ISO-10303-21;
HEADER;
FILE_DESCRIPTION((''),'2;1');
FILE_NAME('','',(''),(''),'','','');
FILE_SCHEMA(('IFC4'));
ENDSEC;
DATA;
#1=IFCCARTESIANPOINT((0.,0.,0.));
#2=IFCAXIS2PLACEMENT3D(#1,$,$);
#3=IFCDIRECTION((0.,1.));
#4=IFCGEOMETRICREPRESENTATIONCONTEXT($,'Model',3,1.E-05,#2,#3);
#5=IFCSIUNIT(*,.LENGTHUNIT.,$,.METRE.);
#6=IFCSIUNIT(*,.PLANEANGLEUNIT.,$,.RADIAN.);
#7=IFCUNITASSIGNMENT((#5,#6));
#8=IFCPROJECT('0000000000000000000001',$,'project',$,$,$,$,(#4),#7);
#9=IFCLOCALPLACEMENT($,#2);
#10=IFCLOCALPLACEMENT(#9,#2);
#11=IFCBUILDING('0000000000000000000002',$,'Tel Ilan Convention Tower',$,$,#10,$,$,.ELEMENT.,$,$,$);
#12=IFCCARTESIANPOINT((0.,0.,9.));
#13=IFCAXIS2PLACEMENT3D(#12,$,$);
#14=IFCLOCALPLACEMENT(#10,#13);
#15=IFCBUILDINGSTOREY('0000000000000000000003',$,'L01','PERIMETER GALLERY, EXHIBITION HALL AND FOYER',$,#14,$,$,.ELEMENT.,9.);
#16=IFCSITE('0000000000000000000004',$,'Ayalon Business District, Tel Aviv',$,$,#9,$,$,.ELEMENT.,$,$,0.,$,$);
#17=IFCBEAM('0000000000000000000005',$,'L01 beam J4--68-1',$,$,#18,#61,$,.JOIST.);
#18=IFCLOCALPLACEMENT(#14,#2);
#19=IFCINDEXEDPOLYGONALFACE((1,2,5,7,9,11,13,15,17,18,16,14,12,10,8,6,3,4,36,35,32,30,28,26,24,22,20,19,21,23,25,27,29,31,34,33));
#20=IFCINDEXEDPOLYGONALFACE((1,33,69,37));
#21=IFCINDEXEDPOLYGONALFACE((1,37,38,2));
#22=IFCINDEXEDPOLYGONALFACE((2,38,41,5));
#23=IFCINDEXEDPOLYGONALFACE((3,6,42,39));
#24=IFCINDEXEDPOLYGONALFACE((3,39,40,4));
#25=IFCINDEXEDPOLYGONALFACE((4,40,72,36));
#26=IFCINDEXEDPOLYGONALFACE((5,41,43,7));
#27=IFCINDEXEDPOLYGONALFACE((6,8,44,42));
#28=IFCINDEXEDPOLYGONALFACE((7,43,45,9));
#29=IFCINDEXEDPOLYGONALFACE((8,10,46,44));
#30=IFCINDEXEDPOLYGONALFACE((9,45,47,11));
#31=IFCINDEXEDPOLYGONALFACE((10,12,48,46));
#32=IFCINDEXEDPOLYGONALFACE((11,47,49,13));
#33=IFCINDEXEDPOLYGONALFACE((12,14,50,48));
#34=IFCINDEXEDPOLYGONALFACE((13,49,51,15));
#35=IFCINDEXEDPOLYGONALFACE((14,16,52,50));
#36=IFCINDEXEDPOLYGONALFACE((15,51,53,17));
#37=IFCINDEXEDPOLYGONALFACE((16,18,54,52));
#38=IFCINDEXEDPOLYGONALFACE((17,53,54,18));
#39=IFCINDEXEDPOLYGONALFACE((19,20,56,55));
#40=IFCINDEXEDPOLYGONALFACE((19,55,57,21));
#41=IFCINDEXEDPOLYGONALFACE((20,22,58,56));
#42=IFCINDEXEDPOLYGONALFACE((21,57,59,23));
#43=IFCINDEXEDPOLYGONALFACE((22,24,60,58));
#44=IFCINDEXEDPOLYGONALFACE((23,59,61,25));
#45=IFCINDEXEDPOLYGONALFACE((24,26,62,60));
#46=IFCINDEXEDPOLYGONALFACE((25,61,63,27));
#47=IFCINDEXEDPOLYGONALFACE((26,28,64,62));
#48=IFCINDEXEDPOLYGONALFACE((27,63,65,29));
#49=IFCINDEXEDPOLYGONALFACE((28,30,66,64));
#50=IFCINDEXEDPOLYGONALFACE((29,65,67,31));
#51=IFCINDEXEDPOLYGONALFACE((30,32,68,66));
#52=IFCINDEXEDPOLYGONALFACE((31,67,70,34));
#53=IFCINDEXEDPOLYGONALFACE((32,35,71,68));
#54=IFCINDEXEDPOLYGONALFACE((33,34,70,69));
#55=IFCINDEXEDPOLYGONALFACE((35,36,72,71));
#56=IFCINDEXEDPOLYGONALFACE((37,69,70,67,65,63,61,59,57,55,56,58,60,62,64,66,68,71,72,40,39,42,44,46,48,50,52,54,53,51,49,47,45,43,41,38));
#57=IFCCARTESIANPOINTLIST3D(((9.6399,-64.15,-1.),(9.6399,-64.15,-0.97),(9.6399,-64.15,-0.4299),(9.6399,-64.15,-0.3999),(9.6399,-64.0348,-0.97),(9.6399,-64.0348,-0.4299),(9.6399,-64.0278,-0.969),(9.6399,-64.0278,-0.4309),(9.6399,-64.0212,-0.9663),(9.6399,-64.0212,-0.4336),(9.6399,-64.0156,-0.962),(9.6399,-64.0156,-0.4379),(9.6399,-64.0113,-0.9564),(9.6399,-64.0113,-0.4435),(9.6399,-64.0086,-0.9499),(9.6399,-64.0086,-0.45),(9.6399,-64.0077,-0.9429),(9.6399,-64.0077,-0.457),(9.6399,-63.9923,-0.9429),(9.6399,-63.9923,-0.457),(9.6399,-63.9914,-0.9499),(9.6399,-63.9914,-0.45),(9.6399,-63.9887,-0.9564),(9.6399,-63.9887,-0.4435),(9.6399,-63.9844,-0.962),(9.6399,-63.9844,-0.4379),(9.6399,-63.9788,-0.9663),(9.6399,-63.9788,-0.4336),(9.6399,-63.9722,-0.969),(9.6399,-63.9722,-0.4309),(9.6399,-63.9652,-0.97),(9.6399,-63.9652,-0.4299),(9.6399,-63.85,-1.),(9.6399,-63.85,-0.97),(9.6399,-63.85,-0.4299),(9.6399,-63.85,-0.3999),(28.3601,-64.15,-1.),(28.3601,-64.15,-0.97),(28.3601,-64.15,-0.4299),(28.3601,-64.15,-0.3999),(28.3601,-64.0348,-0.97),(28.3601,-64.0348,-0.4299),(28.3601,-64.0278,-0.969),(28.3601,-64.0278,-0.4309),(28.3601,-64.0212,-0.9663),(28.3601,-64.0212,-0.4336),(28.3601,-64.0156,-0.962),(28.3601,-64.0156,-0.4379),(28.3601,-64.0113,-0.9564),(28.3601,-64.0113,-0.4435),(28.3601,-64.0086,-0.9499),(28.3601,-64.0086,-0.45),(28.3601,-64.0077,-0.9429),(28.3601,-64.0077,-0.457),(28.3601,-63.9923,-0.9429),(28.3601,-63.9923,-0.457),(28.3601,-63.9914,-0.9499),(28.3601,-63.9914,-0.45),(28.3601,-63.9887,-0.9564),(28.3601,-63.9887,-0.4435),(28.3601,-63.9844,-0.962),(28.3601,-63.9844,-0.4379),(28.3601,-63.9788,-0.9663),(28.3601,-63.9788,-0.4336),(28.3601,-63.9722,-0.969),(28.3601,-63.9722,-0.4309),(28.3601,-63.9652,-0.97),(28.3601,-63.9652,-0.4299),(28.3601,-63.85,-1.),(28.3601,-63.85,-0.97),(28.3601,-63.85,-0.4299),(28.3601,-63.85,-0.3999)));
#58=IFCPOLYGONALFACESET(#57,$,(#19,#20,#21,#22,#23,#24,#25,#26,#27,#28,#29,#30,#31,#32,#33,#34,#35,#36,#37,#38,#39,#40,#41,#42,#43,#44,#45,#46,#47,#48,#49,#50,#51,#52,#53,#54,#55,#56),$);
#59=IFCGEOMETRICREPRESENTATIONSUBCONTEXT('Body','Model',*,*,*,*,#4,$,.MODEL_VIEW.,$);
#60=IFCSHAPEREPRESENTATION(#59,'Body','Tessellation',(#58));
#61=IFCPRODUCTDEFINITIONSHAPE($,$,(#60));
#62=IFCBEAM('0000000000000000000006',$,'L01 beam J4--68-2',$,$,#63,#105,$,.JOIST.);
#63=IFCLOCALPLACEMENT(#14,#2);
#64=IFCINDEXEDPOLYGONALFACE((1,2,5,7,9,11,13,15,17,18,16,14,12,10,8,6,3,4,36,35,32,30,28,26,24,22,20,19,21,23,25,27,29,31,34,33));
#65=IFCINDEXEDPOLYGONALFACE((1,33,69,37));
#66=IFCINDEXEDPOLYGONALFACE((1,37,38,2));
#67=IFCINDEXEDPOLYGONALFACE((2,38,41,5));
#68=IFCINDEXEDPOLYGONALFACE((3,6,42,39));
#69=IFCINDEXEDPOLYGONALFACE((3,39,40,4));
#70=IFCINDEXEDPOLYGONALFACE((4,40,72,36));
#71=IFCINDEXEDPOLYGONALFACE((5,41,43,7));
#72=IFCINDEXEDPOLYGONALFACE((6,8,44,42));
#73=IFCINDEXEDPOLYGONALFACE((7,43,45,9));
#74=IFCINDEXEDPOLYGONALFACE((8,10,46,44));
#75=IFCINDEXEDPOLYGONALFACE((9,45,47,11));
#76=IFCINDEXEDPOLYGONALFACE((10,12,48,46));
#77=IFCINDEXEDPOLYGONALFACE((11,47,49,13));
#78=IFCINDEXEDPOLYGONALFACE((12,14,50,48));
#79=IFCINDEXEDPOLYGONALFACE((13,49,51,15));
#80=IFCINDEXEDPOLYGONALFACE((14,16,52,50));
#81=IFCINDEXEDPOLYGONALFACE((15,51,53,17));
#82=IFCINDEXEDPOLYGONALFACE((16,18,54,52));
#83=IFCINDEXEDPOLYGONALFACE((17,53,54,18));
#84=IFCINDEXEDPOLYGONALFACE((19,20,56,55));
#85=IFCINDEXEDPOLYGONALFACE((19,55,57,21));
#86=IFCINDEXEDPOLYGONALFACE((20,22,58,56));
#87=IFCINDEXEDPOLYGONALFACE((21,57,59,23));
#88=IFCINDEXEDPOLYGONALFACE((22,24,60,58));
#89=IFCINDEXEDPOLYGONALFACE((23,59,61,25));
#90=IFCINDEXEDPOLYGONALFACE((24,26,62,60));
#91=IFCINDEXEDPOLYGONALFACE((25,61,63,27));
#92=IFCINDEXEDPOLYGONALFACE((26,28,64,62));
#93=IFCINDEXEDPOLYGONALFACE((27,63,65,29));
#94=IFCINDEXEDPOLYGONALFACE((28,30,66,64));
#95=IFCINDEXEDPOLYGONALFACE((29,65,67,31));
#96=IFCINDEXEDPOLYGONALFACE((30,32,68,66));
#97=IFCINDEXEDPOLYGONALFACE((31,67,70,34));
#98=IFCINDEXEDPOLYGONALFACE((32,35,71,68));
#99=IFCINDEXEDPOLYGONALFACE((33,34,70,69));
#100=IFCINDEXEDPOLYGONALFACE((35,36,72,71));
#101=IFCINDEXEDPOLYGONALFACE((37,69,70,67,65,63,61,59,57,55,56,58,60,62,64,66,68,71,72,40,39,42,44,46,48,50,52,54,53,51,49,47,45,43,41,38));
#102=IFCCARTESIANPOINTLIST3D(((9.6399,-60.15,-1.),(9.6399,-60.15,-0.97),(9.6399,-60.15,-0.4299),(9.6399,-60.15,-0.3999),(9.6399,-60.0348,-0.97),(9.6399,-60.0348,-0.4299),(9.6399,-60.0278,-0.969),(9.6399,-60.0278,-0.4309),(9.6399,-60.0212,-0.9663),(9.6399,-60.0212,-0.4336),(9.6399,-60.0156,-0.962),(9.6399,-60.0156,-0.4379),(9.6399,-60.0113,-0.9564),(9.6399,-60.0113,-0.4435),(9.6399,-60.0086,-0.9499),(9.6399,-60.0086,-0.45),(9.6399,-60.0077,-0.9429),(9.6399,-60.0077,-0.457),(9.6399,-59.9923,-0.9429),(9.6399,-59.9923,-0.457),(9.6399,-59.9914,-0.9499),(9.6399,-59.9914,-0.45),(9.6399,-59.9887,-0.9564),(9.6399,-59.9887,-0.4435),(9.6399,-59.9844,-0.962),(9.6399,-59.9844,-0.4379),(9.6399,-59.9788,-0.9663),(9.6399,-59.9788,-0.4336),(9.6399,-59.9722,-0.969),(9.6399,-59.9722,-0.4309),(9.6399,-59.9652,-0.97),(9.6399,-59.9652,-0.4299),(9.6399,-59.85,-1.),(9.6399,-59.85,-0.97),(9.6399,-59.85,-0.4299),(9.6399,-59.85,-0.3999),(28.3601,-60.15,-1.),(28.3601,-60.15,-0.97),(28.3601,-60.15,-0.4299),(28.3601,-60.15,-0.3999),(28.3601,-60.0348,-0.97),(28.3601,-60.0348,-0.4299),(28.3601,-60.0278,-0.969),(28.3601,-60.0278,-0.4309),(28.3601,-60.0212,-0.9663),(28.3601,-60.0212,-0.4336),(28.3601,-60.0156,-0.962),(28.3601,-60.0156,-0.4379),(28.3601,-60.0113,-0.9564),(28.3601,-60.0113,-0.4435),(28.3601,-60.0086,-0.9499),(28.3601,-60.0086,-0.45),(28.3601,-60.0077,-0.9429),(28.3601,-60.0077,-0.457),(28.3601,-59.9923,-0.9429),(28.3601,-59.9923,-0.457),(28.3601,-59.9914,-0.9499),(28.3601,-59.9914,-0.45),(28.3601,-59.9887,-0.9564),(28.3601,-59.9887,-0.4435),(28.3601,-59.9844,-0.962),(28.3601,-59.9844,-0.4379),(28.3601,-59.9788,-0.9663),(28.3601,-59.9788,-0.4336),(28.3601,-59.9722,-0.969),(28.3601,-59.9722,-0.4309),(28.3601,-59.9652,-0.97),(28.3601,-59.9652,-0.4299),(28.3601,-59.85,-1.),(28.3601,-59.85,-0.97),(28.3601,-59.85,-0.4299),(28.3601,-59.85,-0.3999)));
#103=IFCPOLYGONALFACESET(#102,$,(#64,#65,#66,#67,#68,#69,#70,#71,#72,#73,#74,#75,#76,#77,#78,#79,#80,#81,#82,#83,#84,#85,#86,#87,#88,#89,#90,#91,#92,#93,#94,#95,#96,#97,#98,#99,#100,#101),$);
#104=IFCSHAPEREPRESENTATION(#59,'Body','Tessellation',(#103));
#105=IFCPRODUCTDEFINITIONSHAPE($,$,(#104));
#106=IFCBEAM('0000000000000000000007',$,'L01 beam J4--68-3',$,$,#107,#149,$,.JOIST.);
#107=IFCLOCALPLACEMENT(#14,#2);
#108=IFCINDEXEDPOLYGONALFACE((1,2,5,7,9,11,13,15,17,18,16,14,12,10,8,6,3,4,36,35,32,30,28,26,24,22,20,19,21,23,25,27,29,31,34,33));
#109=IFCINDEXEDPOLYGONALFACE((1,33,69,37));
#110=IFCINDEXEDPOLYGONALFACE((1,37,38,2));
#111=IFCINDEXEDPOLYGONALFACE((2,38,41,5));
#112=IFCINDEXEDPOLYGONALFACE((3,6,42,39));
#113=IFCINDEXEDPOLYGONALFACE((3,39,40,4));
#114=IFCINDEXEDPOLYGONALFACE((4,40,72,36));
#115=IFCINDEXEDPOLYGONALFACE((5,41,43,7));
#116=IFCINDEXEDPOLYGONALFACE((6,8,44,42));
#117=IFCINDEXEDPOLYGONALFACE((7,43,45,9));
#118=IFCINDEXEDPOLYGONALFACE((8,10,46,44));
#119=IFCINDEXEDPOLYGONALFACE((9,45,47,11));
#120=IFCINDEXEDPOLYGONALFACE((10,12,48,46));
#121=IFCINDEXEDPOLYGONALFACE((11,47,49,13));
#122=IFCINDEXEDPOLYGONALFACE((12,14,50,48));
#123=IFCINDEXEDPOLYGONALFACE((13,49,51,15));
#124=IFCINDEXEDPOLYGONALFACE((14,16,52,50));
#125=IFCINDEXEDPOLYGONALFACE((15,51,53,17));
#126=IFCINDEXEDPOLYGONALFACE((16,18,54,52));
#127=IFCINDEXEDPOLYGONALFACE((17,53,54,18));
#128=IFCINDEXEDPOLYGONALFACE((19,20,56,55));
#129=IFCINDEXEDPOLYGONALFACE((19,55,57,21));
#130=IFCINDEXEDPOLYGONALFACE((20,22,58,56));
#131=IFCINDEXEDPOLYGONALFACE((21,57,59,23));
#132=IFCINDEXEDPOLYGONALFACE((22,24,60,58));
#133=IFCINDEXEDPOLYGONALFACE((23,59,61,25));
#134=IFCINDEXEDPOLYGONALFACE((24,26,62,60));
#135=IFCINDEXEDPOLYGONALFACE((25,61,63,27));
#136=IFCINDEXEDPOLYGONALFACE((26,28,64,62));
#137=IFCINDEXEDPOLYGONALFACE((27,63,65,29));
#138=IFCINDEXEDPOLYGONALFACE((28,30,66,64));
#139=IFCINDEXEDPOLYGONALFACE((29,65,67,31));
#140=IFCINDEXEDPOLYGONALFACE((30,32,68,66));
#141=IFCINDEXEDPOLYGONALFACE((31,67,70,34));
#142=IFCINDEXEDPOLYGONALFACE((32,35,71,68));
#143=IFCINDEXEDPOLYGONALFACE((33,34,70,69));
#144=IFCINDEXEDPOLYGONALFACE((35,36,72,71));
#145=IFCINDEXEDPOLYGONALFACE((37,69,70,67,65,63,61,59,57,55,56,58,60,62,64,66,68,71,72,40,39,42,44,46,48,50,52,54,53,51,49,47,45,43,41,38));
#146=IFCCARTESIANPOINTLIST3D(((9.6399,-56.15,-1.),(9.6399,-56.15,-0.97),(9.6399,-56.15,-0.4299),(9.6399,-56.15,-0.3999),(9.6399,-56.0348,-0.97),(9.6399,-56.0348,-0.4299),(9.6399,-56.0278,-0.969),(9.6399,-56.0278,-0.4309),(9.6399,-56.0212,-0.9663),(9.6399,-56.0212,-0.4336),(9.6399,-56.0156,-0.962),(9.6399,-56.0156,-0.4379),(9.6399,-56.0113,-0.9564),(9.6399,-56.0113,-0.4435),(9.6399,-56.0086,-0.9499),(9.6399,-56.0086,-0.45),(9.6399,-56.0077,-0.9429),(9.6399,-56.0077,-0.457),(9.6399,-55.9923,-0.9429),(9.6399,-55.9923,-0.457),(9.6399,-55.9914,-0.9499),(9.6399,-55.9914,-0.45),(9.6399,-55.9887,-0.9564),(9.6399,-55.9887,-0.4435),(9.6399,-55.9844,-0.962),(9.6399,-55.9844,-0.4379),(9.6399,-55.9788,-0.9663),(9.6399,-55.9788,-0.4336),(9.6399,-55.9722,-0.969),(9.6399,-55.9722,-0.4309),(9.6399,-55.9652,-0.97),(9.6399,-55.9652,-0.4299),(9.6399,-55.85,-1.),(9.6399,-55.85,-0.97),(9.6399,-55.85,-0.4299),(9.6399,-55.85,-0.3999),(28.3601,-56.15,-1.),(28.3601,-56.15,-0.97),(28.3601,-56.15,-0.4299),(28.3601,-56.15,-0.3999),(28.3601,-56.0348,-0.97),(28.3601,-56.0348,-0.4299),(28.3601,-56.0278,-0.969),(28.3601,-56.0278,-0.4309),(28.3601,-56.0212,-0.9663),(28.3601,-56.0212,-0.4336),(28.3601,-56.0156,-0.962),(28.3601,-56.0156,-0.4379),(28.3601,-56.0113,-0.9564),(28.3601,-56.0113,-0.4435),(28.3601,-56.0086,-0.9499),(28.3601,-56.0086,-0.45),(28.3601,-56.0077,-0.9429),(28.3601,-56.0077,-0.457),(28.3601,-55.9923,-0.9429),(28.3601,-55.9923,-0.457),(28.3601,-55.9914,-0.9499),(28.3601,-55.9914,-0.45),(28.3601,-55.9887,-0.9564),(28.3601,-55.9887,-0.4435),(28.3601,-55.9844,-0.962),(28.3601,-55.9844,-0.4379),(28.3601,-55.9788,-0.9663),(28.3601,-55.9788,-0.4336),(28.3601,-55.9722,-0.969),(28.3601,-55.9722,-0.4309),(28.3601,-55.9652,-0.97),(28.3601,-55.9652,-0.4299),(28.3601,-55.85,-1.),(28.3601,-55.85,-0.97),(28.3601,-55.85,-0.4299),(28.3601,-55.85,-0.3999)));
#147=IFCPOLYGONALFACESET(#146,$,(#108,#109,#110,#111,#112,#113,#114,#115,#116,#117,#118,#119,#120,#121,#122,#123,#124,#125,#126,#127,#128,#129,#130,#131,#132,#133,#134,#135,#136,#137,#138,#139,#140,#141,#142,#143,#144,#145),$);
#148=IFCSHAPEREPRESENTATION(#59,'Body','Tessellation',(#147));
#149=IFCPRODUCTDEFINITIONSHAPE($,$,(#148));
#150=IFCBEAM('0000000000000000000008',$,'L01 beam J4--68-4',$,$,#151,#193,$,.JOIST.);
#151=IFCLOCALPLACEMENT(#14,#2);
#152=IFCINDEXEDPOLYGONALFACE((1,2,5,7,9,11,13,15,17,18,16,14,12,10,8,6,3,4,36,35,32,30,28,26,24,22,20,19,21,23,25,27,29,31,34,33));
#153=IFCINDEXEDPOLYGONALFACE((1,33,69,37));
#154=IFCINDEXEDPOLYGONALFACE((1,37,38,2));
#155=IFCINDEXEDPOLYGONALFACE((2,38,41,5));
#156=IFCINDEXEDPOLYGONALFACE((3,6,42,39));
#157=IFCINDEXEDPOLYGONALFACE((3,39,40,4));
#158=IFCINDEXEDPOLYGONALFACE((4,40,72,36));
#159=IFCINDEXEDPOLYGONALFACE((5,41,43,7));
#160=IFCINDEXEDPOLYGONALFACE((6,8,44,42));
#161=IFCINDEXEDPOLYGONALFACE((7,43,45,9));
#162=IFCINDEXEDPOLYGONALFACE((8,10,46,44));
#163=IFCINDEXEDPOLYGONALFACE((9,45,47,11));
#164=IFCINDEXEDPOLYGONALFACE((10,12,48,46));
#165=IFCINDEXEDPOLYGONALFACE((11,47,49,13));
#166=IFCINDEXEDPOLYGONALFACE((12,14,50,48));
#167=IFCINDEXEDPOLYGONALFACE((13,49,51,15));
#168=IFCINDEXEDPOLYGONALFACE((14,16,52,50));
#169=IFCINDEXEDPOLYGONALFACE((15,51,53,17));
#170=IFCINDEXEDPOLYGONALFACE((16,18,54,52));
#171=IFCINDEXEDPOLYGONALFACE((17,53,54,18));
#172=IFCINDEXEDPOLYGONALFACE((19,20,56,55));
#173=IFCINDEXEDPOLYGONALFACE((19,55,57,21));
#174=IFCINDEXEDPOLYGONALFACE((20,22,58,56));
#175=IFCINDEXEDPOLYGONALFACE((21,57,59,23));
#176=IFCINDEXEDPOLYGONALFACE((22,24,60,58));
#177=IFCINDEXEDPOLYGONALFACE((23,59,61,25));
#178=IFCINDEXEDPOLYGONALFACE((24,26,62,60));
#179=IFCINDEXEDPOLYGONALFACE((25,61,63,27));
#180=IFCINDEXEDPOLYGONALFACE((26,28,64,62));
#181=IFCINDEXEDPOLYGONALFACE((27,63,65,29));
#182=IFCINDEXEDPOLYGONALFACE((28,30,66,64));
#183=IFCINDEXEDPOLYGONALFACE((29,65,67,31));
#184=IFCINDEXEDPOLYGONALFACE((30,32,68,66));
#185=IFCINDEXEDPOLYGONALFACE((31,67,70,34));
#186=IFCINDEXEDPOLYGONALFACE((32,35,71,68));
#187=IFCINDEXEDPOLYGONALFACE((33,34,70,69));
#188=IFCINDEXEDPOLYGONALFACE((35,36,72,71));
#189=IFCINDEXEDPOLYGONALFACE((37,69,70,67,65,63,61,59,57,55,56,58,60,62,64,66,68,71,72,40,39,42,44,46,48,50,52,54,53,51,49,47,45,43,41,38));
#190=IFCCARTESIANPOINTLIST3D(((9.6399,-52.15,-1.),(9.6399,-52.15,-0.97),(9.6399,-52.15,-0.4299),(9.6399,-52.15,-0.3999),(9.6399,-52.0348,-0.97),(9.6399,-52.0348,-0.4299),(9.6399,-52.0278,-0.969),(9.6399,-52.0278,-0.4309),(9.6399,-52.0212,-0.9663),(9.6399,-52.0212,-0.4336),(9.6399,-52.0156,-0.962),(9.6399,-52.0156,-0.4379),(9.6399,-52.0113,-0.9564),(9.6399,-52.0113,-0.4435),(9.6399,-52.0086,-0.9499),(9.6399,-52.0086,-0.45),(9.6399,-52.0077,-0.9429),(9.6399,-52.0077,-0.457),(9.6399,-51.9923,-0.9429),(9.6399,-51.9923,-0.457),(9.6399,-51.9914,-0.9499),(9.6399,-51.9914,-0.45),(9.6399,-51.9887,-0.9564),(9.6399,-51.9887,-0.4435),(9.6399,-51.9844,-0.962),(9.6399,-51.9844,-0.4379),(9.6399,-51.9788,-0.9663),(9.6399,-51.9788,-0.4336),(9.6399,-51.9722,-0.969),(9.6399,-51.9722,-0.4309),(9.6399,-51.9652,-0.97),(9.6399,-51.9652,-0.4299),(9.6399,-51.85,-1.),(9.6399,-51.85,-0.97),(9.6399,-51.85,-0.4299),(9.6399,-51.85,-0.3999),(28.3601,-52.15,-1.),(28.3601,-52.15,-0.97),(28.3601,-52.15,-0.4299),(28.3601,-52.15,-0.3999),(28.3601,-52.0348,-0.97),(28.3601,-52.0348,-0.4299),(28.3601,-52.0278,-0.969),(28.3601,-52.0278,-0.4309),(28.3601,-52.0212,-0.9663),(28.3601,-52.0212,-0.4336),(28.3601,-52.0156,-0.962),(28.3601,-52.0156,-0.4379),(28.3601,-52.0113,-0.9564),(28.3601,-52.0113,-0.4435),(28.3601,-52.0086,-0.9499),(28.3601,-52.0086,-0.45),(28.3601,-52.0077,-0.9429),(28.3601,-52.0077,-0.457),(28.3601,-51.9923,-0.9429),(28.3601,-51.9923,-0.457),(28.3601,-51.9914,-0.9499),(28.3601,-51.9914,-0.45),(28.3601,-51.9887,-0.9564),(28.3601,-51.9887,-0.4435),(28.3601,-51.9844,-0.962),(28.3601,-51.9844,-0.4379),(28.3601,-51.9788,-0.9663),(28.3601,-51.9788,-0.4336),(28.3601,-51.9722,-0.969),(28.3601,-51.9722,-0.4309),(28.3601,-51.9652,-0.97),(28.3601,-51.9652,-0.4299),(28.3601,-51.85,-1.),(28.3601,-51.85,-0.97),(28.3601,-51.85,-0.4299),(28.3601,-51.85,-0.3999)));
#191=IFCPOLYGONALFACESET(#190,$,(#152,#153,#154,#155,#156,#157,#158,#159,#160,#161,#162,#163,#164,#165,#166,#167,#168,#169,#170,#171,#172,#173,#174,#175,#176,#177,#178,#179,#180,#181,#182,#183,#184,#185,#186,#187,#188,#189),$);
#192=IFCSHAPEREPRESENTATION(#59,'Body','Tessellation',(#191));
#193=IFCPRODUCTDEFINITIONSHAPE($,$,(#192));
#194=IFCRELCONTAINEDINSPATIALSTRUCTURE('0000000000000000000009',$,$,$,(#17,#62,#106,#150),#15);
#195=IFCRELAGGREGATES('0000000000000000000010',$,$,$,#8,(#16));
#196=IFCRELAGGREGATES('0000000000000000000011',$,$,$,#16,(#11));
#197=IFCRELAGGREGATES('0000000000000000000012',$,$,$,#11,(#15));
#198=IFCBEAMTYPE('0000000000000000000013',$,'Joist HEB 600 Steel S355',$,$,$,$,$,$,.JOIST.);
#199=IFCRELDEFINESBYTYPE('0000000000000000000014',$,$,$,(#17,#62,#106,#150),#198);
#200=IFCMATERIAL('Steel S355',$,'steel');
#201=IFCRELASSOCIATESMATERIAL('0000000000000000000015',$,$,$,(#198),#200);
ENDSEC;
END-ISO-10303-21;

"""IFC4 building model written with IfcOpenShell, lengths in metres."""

from ifc_helpers import new_model, si_unit, direction, frame, origin, origin_2d, place, context, subcontext, project, spatial, i_section, extrude, material, material_profile, profile_set, type_object, element, save


model = new_model("IFC4")

# Units and contexts
model_context = context("Model", 3, precision=1e-05, world=origin(), true_north=direction((0.0, 1.0)))
body_context = subcontext(model_context, "Body", "Model", "MODEL_VIEW")
ifc_project = project(units=[si_unit("LENGTHUNIT", "METRE"), si_unit("PLANEANGLEUNIT", "RADIAN")], contexts=[model_context])

# Site, building, storey
site_placement = place(None, origin())
site = spatial("IfcSite", under=ifc_project, at=site_placement, Name="Ayalon Business District, Tel Aviv", CompositionType="ELEMENT", RefElevation=0.0)
building_placement = place(site_placement, origin())
building = spatial("IfcBuilding", under=site, at=building_placement, Name="Tel Ilan Convention Tower", CompositionType="ELEMENT")
storey_placement = place(building_placement, frame((0.0, 0.0, 9.0)))
storey = spatial("IfcBuildingStorey", under=building, at=storey_placement, Name="L01", Description="PERIMETER GALLERY, EXHIBITION HALL AND FOYER", CompositionType="ELEMENT", Elevation=9.0)

# Beams
ifc_material_1 = material(Name="Steel S355", Category="steel")
ifc_material_profile_1 = material_profile(ifc_material_1, i_section(OverallWidth=0.3, OverallDepth=0.6001, WebThickness=0.0154, FlangeThickness=0.03, FilletRadius=0.0271, at=origin_2d()), Name="HEB 600")
ifc_profile_set_1 = profile_set([ifc_material_profile_1], Name="Steel S355")
beam_type_1 = type_object("IfcBeamType", Name="Joist HEB 600 Steel S355", PredefinedType="JOIST", material=ifc_profile_set_1)
for number, where, z_axis, x_axis, name in (
    (1, (9.6399, -64.0, -0.7), (1.0, 0.0, 0.0), (0.0, 1.0, 0.0), "L01 beam J4--68-1"),
    (2, (9.6399, -60.0, -0.7), (1.0, 0.0, 0.0), (0.0, 1.0, 0.0), "L01 beam J4--68-2"),
    (3, (9.6399, -56.0, -0.7), (1.0, 0.0, 0.0), (0.0, 1.0, 0.0), "L01 beam J4--68-3"),
    (4, (9.6399, -52.0, -0.7), (1.0, 0.0, 0.0), (0.0, 1.0, 0.0), "L01 beam J4--68-4"),
):
    element("IfcBeam", number, at=place(storey_placement, frame(where, z_axis=z_axis, x_axis=x_axis)), inside=storey, type_object=beam_type_1, Name=name, PredefinedType="JOIST", context=body_context, shape_type="SweptSolid", body=[
        extrude(i_section(OverallWidth=0.3, OverallDepth=0.6001, WebThickness=0.0154, FlangeThickness=0.03, FilletRadius=0.0271, at=origin_2d()), origin(), (0.0, 0.0, 1.0), 18.7202),
    ])

save(model, "model.ifc")
